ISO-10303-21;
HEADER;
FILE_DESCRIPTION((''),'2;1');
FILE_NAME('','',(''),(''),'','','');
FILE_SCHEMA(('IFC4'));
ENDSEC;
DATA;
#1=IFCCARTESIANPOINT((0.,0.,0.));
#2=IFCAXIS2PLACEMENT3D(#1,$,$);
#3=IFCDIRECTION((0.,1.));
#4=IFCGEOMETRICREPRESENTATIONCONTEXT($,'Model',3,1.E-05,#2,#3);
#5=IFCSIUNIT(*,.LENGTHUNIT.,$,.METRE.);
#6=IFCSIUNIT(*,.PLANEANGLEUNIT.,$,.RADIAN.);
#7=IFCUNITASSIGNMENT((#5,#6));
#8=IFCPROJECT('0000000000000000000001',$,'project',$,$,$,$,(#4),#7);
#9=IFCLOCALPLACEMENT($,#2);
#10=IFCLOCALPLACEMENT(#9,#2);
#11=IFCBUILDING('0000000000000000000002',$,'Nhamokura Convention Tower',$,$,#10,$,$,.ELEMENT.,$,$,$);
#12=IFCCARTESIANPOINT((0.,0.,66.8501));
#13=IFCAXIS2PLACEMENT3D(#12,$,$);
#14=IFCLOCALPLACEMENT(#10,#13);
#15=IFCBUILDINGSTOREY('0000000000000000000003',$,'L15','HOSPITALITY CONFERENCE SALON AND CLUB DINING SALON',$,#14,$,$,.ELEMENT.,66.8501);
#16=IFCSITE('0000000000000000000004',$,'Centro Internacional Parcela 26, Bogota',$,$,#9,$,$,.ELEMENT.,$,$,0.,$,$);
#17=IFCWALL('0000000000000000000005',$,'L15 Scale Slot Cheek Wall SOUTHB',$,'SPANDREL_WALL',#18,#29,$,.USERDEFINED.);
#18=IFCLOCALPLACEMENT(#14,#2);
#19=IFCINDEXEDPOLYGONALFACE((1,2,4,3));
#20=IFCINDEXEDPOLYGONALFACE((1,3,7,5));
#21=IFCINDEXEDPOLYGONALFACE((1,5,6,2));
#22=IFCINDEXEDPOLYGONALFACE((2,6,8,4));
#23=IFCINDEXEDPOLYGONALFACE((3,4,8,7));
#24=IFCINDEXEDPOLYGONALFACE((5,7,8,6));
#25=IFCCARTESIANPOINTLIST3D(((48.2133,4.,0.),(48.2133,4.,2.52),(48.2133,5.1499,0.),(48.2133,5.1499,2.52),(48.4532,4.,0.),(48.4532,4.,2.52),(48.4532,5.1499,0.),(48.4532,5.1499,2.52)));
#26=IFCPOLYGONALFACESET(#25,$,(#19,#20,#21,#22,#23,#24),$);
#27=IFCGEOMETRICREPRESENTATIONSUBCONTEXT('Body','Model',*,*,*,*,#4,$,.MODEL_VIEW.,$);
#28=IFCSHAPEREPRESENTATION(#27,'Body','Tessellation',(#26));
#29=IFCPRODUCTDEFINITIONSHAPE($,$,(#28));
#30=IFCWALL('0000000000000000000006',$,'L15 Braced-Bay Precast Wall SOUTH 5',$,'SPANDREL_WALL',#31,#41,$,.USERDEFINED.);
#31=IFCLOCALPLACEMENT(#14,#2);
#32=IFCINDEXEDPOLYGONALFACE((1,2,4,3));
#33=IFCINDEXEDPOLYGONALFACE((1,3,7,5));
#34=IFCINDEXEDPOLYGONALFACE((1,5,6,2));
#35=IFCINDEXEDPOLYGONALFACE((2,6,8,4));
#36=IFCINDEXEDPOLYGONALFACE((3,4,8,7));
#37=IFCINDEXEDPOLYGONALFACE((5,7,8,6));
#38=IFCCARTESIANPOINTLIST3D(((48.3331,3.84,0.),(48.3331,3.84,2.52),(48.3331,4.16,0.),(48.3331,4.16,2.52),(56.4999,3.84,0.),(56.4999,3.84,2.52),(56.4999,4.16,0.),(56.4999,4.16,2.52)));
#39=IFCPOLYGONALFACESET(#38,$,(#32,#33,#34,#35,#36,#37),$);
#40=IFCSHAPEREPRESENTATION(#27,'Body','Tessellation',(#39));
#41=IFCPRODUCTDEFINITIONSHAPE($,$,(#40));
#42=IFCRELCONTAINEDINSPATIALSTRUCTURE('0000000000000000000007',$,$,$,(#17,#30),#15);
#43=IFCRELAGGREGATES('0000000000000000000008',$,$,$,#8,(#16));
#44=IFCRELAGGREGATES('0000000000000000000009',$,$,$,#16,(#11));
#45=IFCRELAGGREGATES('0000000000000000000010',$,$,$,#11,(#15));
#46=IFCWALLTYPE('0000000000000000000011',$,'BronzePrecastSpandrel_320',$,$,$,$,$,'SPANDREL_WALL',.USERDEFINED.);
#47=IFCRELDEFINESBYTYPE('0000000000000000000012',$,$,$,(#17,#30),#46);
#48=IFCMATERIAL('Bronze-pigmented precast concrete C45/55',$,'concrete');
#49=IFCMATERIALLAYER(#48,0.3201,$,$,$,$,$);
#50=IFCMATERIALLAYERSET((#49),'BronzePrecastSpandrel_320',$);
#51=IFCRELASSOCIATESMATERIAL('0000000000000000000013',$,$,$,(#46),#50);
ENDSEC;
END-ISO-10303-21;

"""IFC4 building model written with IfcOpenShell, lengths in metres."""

from ifc_helpers import new_model, si_unit, direction, frame, frame_2d, origin, place, context, subcontext, project, spatial, rectangle, extrude, material, layer, layer_set, type_object, element, save


model = new_model("IFC4")

# Units and contexts
model_context = context("Model", 3, precision=1e-05, world=origin(), true_north=direction((0.0, 1.0)))
body_context = subcontext(model_context, "Body", "Model", "MODEL_VIEW")
ifc_project = project(units=[si_unit("LENGTHUNIT", "METRE"), si_unit("PLANEANGLEUNIT", "RADIAN")], contexts=[model_context])

# Site, building, storey
site_placement = place(None, origin())
site = spatial("IfcSite", under=ifc_project, at=site_placement, Name="Centro Internacional Parcela 26, Bogota", CompositionType="ELEMENT", RefElevation=0.0)
building_placement = place(site_placement, origin())
building = spatial("IfcBuilding", under=site, at=building_placement, Name="Nhamokura Convention Tower", CompositionType="ELEMENT")
storey_placement = place(building_placement, frame((0.0, 0.0, 66.8501)))
storey = spatial("IfcBuildingStorey", under=building, at=storey_placement, Name="L15", Description="HOSPITALITY CONFERENCE SALON AND CLUB DINING SALON", CompositionType="ELEMENT", Elevation=66.8501)

# Walls
ifc_material_1 = material(Name="Bronze-pigmented precast concrete C45/55", Category="concrete")
ifc_layer_1 = layer(ifc_material_1, 0.3201)
ifc_layer_set_1 = layer_set([ifc_layer_1], Name="BronzePrecastSpandrel_320")
wall_type = type_object("IfcWallType", Name="BronzePrecastSpandrel_320", ElementType="SPANDREL_WALL", PredefinedType="USERDEFINED", material=ifc_layer_set_1)
wall_1_placement = place(storey_placement, frame((48.3333, 4.0, 0.0), z_axis=(0.0, 0.0, 1.0), x_axis=(0.0, 1.0, 0.0)))
element("IfcWall", 1, at=wall_1_placement, inside=storey, type_object=wall_type, Name="L15 Scale Slot Cheek Wall SOUTHB", ObjectType="SPANDREL_WALL", PredefinedType="USERDEFINED", context=body_context, shape_type="SweptSolid", body=[
    extrude(rectangle(XDim=1.1499, YDim=0.24, at=frame_2d((0.575, 0.0))), origin(), (0.0, 0.0, 1.0), 2.52),
])
wall_2_placement = place(storey_placement, frame((56.5, 4.0, 0.0), z_axis=(0.0, 0.0, 1.0), x_axis=(-1.0, 0.0, 0.0)))
element("IfcWall", 2, at=wall_2_placement, inside=storey, type_object=wall_type, Name="L15 Braced-Bay Precast Wall SOUTH 5", ObjectType="SPANDREL_WALL", PredefinedType="USERDEFINED", context=body_context, shape_type="SweptSolid", body=[
    extrude(rectangle(XDim=8.1667, YDim=0.3201, at=frame_2d((4.0835, 0.0))), origin(), (0.0, 0.0, 1.0), 2.52),
])

save(model, "model.ifc")
